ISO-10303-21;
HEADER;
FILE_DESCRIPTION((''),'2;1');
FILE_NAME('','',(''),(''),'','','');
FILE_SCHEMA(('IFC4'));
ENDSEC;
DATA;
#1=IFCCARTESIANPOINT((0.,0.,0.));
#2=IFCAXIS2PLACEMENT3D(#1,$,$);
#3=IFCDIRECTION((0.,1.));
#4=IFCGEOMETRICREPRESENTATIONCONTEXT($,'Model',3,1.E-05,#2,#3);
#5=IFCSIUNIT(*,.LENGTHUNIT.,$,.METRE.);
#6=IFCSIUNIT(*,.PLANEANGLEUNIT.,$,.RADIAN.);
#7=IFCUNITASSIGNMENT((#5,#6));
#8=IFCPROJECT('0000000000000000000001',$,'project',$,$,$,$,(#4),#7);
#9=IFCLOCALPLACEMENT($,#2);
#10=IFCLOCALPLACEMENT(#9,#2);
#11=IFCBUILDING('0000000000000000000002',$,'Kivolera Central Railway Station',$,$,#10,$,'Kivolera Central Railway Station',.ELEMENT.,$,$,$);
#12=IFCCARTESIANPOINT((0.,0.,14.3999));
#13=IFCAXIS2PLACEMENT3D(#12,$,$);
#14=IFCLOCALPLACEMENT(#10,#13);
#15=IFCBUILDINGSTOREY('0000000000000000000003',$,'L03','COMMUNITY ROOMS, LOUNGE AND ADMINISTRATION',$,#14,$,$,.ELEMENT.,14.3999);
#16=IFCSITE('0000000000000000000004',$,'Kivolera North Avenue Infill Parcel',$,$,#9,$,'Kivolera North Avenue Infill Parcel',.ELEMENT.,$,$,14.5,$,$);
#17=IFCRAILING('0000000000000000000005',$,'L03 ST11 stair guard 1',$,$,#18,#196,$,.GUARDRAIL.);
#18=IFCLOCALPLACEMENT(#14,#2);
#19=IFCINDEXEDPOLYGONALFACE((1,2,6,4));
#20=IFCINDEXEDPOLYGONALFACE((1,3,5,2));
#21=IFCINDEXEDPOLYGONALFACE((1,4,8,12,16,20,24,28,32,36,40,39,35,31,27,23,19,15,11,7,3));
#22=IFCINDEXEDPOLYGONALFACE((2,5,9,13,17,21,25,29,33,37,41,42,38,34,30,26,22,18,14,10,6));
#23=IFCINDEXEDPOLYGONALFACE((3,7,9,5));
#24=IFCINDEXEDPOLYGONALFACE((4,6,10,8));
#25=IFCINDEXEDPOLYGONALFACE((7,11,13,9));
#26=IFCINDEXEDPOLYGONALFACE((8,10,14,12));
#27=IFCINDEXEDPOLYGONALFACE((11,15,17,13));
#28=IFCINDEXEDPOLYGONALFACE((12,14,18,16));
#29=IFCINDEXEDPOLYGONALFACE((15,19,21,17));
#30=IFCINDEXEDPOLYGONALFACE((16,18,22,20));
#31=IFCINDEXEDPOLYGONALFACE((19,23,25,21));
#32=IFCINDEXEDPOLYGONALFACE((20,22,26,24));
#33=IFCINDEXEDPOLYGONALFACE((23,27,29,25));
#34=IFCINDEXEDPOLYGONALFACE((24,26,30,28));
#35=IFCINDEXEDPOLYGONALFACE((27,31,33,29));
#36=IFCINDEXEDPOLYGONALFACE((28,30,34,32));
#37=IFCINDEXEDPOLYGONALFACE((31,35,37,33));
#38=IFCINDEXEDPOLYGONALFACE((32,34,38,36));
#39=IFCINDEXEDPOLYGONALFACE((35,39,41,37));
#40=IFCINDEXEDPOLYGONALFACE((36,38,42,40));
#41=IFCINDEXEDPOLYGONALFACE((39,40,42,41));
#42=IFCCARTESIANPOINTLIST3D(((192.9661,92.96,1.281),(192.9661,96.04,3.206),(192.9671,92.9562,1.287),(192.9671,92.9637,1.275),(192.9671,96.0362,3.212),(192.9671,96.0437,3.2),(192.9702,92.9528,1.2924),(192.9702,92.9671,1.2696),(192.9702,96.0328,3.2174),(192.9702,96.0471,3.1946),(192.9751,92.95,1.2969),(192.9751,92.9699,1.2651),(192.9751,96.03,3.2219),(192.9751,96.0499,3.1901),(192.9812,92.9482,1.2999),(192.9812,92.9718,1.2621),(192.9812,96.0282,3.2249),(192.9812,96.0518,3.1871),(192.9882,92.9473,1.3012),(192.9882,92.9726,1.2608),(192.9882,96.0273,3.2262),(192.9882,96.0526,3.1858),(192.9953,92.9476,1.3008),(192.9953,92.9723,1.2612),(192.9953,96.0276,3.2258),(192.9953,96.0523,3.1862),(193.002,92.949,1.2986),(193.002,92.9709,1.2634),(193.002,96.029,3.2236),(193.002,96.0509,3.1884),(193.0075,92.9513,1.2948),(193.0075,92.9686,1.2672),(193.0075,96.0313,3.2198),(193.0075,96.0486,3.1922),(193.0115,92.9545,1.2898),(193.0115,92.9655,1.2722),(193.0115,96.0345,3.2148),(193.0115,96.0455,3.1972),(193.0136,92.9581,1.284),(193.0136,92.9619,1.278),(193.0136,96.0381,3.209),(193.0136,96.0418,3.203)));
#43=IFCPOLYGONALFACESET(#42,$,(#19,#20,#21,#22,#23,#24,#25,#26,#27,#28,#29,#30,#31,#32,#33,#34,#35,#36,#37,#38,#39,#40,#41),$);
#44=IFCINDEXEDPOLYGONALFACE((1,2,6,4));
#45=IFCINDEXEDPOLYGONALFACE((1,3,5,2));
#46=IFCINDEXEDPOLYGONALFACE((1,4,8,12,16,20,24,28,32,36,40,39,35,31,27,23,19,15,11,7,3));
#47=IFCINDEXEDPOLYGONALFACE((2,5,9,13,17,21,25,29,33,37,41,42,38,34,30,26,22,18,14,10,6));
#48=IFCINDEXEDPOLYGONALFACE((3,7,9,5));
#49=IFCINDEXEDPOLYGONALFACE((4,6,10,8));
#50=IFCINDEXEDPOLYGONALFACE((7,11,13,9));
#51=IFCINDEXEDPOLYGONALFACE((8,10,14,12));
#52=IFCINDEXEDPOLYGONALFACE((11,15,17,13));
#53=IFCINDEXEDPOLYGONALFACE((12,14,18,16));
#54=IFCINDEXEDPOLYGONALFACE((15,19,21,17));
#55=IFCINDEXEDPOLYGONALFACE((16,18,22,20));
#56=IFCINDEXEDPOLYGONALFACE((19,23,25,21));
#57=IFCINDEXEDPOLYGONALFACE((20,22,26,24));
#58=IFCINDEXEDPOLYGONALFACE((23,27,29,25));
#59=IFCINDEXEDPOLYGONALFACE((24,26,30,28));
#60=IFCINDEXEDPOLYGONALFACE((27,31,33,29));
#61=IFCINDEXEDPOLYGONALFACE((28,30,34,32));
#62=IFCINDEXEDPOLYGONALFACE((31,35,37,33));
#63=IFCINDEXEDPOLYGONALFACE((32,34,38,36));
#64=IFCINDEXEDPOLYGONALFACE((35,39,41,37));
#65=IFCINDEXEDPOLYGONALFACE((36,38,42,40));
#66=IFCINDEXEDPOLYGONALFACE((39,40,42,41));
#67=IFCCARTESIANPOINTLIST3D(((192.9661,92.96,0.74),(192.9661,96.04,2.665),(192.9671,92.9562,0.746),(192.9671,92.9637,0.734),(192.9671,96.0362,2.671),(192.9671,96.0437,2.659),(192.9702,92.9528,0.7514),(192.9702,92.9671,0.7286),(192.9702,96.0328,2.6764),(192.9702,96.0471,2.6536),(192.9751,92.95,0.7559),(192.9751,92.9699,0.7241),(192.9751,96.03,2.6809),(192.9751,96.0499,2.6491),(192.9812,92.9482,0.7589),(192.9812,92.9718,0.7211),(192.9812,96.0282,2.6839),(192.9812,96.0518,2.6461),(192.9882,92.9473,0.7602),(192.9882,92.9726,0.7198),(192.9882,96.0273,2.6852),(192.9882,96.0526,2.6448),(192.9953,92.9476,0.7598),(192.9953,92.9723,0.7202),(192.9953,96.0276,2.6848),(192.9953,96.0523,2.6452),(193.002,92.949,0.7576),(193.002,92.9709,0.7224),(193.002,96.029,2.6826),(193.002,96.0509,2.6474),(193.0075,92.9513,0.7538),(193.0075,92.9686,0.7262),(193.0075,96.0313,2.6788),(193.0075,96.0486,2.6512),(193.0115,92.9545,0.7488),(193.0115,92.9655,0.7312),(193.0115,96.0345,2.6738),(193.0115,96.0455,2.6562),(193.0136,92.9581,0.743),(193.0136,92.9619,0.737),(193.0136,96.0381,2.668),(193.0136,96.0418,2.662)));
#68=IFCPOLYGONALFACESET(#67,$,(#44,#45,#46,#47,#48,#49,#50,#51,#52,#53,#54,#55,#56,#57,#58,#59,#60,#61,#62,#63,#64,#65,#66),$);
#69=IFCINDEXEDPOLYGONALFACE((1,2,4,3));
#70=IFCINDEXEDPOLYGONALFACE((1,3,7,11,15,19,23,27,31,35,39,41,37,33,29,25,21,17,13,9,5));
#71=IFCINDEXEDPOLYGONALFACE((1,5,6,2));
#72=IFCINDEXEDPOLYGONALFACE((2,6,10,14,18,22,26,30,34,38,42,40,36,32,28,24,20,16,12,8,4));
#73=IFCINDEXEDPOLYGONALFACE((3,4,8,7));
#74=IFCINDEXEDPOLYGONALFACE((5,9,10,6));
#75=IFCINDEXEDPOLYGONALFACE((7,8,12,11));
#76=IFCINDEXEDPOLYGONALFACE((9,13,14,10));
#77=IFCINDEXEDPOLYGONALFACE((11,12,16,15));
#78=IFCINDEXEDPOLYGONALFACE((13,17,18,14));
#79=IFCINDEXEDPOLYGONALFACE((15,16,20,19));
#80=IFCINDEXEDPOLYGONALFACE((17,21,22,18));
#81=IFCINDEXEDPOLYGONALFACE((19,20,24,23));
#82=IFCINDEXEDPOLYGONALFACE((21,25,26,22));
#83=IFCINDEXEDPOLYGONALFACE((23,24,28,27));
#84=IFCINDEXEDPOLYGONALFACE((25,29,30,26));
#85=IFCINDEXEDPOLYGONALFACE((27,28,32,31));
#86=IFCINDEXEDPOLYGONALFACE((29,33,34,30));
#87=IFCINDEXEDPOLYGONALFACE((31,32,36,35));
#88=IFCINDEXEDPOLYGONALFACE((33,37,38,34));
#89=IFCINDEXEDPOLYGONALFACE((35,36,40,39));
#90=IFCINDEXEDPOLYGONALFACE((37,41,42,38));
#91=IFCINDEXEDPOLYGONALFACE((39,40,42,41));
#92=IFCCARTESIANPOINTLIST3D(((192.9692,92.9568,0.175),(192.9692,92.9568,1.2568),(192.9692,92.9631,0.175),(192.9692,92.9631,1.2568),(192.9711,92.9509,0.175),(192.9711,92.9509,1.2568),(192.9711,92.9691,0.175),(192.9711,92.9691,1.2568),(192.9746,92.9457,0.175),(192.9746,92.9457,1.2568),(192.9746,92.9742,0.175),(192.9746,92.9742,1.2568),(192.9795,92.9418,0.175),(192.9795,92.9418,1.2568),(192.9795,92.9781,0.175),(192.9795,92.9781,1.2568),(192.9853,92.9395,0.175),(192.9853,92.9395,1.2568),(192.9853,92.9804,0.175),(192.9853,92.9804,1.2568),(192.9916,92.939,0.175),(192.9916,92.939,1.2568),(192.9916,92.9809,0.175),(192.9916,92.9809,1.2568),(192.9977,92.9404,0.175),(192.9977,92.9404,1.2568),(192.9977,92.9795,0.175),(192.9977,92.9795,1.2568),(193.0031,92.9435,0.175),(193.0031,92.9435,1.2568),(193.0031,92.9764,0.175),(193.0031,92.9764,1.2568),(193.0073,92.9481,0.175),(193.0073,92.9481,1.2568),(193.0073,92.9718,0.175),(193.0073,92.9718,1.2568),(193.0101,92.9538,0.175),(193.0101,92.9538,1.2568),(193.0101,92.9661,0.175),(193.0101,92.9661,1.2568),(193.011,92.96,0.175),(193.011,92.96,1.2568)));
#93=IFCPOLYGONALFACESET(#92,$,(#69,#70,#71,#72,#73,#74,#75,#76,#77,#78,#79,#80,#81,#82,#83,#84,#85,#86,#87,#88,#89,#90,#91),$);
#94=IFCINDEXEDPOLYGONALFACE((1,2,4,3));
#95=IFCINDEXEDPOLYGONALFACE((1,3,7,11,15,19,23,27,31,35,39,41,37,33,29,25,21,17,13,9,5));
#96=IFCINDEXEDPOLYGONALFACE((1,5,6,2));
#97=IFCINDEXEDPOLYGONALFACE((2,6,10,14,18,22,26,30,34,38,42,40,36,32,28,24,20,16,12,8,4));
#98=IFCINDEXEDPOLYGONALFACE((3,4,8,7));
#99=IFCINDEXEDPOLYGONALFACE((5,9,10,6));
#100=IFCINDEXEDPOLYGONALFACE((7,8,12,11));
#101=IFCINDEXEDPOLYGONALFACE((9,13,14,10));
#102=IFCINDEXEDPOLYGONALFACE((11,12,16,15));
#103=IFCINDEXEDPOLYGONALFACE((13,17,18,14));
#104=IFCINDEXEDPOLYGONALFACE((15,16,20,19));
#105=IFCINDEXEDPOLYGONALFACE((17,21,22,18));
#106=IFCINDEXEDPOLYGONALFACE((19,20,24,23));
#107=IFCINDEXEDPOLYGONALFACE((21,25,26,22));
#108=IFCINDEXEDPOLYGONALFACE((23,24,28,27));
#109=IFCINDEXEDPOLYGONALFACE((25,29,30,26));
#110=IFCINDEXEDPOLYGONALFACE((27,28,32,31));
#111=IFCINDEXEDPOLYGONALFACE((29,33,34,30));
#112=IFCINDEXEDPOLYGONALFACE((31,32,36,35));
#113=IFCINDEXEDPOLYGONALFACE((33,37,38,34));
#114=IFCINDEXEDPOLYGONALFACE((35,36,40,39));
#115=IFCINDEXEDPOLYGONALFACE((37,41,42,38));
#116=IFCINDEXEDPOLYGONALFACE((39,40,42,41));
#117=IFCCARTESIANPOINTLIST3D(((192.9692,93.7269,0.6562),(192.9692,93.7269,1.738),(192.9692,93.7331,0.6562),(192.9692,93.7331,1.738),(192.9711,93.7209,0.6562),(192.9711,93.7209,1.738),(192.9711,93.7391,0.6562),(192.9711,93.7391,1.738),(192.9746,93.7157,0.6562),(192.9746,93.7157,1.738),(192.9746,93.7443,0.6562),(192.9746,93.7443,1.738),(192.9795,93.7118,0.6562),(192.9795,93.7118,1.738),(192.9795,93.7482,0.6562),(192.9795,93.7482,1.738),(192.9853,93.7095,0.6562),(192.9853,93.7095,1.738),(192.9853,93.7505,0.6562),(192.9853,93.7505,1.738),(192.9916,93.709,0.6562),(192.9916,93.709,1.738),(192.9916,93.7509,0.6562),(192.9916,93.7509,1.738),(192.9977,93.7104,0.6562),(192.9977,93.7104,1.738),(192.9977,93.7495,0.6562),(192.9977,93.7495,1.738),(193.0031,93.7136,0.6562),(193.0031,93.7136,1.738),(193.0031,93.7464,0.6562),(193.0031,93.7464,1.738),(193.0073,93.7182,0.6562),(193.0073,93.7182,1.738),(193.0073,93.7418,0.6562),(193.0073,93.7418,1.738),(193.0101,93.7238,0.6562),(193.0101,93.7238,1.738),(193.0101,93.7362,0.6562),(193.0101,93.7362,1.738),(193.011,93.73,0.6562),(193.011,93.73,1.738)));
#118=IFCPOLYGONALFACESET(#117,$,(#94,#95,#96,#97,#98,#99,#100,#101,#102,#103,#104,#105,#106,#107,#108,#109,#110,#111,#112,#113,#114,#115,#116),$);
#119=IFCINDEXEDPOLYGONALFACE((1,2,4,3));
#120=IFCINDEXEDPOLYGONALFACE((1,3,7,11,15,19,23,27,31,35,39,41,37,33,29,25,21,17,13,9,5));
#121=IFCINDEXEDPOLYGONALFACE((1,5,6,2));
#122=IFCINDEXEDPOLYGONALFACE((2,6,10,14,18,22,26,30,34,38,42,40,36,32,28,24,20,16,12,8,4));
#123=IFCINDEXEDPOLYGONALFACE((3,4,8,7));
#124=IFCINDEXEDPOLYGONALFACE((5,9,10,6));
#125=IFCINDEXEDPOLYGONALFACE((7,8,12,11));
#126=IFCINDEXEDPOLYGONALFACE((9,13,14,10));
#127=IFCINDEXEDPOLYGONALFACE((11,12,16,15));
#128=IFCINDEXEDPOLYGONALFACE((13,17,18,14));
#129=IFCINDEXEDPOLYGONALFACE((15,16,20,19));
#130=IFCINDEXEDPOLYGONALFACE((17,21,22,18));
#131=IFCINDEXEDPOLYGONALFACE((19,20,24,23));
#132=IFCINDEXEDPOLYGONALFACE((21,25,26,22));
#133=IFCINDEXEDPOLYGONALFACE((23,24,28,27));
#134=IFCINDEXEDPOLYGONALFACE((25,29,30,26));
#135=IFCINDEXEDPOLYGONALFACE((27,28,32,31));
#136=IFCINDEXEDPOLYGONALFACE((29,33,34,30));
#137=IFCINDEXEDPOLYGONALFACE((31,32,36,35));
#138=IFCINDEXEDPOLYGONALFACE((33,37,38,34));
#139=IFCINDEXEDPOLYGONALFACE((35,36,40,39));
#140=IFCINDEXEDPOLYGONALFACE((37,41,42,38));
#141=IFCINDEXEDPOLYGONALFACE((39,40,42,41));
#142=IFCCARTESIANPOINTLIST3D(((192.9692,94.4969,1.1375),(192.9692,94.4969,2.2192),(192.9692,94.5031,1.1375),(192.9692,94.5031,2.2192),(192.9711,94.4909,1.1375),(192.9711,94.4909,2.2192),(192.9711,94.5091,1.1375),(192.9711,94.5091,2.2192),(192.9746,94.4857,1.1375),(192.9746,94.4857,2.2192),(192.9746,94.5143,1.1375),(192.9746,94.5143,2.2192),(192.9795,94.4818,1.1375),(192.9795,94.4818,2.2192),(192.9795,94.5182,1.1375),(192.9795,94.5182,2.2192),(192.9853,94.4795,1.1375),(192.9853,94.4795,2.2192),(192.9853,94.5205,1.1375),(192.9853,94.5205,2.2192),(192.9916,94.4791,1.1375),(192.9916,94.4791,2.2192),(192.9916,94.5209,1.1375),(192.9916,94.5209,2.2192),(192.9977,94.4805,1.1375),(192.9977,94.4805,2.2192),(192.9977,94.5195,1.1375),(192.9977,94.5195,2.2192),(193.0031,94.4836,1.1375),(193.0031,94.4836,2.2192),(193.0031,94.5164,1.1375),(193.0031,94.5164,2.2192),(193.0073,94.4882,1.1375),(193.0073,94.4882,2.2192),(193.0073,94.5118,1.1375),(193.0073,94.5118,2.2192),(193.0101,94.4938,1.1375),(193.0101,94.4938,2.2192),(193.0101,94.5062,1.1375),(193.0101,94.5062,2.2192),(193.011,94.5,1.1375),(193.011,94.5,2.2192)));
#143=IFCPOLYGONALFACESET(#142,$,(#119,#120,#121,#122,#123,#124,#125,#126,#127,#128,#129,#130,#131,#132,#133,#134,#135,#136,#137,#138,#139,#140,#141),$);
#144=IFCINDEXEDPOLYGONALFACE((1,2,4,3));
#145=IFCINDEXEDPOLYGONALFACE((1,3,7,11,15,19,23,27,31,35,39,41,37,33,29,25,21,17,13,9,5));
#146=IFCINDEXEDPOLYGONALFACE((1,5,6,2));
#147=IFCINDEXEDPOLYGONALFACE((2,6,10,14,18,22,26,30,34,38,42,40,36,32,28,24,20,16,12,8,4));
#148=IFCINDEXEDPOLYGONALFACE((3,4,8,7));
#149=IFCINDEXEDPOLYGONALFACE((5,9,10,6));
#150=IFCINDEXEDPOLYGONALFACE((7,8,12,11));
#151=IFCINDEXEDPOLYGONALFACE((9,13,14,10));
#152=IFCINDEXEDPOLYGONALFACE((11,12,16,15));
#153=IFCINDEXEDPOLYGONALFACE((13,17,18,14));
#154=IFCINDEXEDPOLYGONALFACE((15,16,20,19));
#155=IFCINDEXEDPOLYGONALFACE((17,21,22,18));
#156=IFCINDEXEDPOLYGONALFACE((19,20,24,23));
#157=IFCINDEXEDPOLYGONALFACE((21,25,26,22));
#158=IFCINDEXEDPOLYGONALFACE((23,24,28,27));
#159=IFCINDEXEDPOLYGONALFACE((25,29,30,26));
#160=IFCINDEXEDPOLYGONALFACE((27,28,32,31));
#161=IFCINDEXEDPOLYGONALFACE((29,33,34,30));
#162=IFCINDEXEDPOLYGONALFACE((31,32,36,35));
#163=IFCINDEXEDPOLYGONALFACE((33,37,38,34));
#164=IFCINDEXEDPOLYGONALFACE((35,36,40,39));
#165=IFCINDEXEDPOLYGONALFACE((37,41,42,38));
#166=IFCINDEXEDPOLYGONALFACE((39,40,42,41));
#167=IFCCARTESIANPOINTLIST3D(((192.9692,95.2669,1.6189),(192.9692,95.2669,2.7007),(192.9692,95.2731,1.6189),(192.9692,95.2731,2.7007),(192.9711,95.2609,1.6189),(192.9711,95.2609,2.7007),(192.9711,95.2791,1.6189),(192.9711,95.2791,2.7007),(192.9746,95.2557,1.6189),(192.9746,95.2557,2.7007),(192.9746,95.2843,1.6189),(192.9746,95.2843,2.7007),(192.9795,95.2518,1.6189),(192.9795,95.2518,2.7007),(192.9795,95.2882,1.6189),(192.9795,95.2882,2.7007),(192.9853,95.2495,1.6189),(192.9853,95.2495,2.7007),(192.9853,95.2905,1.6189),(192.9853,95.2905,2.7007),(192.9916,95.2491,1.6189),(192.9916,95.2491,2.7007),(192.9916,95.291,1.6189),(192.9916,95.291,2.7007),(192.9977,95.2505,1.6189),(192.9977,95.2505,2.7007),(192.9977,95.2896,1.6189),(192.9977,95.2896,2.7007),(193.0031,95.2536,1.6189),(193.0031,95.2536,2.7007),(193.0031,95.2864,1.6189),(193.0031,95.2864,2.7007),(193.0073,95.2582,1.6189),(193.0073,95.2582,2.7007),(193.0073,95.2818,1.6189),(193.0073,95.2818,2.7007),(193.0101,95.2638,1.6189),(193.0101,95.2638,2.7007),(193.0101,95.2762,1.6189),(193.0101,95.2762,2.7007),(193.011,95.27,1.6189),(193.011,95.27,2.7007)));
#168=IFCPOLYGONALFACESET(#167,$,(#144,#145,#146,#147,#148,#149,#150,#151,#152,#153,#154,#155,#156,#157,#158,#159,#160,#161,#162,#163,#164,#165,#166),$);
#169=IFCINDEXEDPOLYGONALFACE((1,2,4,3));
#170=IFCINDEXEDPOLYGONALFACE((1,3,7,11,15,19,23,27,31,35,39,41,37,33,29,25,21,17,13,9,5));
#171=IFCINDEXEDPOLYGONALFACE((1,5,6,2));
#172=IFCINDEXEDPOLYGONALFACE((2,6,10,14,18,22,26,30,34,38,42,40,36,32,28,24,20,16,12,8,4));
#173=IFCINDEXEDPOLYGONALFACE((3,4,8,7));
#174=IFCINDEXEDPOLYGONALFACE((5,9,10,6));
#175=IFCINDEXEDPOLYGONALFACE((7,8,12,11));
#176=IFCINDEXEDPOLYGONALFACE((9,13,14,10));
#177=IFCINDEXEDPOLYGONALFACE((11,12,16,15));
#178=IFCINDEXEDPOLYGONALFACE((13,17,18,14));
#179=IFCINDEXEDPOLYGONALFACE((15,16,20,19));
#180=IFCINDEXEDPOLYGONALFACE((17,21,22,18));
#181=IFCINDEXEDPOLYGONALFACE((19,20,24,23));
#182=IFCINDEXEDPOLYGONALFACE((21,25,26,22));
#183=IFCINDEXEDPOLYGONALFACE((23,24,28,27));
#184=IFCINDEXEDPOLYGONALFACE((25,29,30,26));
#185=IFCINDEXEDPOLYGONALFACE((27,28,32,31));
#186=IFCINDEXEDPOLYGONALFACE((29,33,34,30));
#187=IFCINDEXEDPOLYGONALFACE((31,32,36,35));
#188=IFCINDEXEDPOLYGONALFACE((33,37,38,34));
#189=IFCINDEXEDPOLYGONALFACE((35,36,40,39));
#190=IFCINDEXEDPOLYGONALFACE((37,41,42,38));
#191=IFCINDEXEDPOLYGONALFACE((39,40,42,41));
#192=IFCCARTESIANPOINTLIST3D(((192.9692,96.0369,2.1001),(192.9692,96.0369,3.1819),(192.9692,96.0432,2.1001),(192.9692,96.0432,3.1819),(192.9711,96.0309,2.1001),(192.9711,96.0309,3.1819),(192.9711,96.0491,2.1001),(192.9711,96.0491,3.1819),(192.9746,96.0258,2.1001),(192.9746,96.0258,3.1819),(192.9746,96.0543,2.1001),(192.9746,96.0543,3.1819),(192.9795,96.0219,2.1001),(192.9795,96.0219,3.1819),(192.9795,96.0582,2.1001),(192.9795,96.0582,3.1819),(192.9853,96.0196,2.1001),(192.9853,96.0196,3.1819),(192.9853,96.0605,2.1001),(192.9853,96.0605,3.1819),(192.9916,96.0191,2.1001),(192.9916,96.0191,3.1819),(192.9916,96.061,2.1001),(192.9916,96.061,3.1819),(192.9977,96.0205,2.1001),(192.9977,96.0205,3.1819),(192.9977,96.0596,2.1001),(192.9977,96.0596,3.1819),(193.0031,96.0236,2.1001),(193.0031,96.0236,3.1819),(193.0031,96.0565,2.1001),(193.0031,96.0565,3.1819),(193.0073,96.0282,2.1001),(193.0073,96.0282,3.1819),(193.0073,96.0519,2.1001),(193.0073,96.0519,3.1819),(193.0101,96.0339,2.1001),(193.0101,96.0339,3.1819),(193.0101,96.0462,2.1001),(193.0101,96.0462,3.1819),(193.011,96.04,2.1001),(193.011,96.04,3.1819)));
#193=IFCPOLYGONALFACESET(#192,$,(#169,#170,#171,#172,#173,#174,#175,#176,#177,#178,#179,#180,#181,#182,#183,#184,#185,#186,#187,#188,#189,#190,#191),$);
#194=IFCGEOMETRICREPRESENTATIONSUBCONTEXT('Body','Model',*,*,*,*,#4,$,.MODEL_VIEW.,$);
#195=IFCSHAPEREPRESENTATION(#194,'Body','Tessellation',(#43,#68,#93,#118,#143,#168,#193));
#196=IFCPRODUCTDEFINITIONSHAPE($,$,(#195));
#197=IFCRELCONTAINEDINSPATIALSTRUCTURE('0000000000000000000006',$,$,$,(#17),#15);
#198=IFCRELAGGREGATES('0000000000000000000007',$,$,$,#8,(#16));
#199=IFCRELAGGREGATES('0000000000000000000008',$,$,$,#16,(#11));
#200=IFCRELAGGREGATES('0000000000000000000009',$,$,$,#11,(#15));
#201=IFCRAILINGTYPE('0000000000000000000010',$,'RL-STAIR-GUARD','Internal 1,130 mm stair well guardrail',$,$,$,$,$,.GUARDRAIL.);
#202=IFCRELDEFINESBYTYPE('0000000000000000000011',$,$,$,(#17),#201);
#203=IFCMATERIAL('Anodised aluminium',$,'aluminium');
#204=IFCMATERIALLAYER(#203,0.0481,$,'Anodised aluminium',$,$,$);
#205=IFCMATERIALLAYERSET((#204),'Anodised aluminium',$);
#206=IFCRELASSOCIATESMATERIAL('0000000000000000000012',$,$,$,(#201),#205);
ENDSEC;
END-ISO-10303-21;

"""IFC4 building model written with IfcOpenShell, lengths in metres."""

from ifc_helpers import new_model, si_unit, direction, frame, origin, origin_2d, place, context, subcontext, project, spatial, circle, extrude, material, layer, layer_set, type_object, element, save


model = new_model("IFC4")

# Units and contexts
model_context = context("Model", 3, precision=1e-05, world=origin(), true_north=direction((0.0, 1.0)))
body_context = subcontext(model_context, "Body", "Model", "MODEL_VIEW")
ifc_project = project(units=[si_unit("LENGTHUNIT", "METRE"), si_unit("PLANEANGLEUNIT", "RADIAN")], contexts=[model_context])

# Site, building, storey
site_placement = place(None, origin())
site = spatial("IfcSite", under=ifc_project, at=site_placement, Name="Kivolera North Avenue Infill Parcel", LongName="Kivolera North Avenue Infill Parcel", CompositionType="ELEMENT", RefElevation=14.5)
building_placement = place(site_placement, origin())
building = spatial("IfcBuilding", under=site, at=building_placement, Name="Kivolera Central Railway Station", LongName="Kivolera Central Railway Station", CompositionType="ELEMENT")
storey_placement = place(building_placement, frame((0.0, 0.0, 14.3999)))
storey = spatial("IfcBuildingStorey", under=building, at=storey_placement, Name="L03", Description="COMMUNITY ROOMS, LOUNGE AND ADMINISTRATION", CompositionType="ELEMENT", Elevation=14.3999)

# Shared definitions
ifc_material_1 = material(Name="Anodised aluminium", Category="aluminium")

# Railing
ifc_layer_1 = layer(ifc_material_1, 0.0481, Name="Anodised aluminium")
ifc_layer_set_1 = layer_set([ifc_layer_1], Name="Anodised aluminium")
railing_type_1 = type_object("IfcRailingType", Name="RL-STAIR-GUARD", Description="Internal 1,130 mm stair well guardrail", PredefinedType="GUARDRAIL", material=ifc_layer_set_1)
railing_1_placement = place(storey_placement, frame((192.99, 92.96, 0.175)))
element("IfcRailing", 1, at=railing_1_placement, inside=storey, type_object=railing_type_1, Name="L03 ST11 stair guard 1", PredefinedType="GUARDRAIL", context=body_context, shape_type="SweptSolid", body=[
    extrude(circle(Radius=0.0239, at=origin_2d()), frame((0.0, 0.0, 1.106), z_axis=(0.0, 0.847998, 0.529999), x_axis=(-1.0, 0.0, 0.0)), (0.0, 0.0, 1.0), 3.6321),
    extrude(circle(Radius=0.0239, at=origin_2d()), frame((0.0, 0.0, 0.5649), z_axis=(0.0, 0.847998, 0.529999), x_axis=(-1.0, 0.0, 0.0)), (0.0, 0.0, 1.0), 3.6321),
    extrude(circle(Radius=0.021, at=origin_2d()), origin(), (0.0, 0.0, 1.0), 1.0818),
    extrude(circle(Radius=0.021, at=origin_2d()), frame((0.0, 0.77, 0.4812)), (0.0, 0.0, 1.0), 1.0818),
    extrude(circle(Radius=0.021, at=origin_2d()), frame((0.0, 1.54, 0.9624)), (0.0, 0.0, 1.0), 1.0818),
    extrude(circle(Radius=0.021, at=origin_2d()), frame((0.0, 2.3101, 1.4438)), (0.0, 0.0, 1.0), 1.0818),
    extrude(circle(Radius=0.021, at=origin_2d()), frame((0.0, 3.0801, 1.925)), (0.0, 0.0, 1.0), 1.0818),
])

save(model, "model.ifc")
